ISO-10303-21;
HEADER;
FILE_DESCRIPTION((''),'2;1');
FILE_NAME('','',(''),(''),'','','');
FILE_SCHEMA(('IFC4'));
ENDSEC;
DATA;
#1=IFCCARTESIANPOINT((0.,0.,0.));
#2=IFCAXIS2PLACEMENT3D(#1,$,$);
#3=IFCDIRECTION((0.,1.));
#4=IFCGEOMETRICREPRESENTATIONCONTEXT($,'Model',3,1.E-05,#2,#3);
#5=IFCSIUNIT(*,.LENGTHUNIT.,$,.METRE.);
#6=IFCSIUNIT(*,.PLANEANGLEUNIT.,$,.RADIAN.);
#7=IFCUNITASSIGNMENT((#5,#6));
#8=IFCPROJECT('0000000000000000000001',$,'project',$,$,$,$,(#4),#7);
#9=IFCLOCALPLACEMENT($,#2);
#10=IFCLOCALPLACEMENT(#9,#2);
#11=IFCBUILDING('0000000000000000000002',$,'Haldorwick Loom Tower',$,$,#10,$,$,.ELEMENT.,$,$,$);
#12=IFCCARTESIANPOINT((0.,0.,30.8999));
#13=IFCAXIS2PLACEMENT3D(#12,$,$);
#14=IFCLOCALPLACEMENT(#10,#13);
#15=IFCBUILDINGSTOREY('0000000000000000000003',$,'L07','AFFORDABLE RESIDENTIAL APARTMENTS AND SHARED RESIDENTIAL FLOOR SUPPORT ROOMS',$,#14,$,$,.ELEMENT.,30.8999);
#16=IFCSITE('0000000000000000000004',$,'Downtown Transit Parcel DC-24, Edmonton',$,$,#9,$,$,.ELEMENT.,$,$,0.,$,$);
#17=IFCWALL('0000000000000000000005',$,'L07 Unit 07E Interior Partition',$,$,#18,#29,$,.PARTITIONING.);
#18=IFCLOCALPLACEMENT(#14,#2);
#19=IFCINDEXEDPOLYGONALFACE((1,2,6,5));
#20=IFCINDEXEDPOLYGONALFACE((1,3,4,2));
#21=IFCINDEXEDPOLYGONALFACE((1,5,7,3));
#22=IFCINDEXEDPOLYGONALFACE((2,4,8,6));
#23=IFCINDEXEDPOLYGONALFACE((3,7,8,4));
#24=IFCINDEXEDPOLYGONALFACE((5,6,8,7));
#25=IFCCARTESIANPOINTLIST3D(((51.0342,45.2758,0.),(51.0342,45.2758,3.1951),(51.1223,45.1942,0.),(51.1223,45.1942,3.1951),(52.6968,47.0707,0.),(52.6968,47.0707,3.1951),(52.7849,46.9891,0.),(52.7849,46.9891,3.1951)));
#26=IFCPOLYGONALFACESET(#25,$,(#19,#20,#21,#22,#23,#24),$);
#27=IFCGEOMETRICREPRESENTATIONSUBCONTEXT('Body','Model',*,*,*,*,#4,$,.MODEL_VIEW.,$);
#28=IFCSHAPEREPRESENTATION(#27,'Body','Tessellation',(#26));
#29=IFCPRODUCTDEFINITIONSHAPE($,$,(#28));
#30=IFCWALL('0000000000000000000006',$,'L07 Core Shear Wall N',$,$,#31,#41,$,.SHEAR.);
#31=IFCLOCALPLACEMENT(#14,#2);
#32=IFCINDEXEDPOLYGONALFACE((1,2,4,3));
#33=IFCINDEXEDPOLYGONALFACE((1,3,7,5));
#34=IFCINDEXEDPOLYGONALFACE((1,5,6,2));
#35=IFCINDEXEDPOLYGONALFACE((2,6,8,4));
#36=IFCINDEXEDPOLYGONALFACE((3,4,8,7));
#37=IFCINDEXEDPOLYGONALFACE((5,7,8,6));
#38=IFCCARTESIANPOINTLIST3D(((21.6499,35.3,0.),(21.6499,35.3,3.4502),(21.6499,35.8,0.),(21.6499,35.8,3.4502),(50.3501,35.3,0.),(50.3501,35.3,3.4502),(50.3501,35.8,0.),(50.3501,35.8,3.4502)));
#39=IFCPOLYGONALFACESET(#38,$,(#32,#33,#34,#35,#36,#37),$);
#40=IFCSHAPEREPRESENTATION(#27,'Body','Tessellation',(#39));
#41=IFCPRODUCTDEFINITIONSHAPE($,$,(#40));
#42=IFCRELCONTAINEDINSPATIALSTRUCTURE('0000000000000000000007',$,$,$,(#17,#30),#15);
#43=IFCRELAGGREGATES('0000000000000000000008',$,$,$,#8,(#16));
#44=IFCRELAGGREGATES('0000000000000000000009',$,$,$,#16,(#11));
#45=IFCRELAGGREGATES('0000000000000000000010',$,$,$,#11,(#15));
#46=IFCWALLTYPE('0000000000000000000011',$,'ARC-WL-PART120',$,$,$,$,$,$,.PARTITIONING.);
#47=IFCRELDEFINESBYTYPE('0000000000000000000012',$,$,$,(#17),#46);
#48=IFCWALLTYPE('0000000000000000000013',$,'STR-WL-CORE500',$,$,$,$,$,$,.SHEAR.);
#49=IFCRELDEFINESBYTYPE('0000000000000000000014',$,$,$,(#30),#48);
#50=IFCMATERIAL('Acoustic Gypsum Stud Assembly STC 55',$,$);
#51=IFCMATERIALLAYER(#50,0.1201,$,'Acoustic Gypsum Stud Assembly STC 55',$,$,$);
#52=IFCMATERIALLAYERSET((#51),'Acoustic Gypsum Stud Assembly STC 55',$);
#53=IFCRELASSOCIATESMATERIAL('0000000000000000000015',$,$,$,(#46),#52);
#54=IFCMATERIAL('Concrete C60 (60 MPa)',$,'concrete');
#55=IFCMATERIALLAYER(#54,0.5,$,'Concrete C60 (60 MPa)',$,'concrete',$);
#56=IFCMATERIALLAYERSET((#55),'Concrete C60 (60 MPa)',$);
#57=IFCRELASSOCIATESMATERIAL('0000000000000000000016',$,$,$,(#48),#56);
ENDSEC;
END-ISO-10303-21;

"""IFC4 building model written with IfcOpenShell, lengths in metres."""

from ifc_helpers import new_model, si_unit, direction, frame, frame_2d, origin, place, context, subcontext, project, spatial, rectangle, extrude, material, layer, layer_set, type_object, element, save


model = new_model("IFC4")

# Units and contexts
model_context = context("Model", 3, precision=1e-05, world=origin(), true_north=direction((0.0, 1.0)))
body_context = subcontext(model_context, "Body", "Model", "MODEL_VIEW")
ifc_project = project(units=[si_unit("LENGTHUNIT", "METRE"), si_unit("PLANEANGLEUNIT", "RADIAN")], contexts=[model_context])

# Site, building, storey
site_placement = place(None, origin())
site = spatial("IfcSite", under=ifc_project, at=site_placement, Name="Downtown Transit Parcel DC-24, Edmonton", CompositionType="ELEMENT", RefElevation=0.0)
building_placement = place(site_placement, origin())
building = spatial("IfcBuilding", under=site, at=building_placement, Name="Haldorwick Loom Tower", CompositionType="ELEMENT")
storey_placement = place(building_placement, frame((0.0, 0.0, 30.8999)))
storey = spatial("IfcBuildingStorey", under=building, at=storey_placement, Name="L07", Description="AFFORDABLE RESIDENTIAL APARTMENTS AND SHARED RESIDENTIAL FLOOR SUPPORT ROOMS", CompositionType="ELEMENT", Elevation=30.8999)

# Shared definitions
ifc_material_1 = material(Name="Concrete C60 (60 MPa)", Category="concrete")

# Shared definitions
ifc_material_2 = material(Name="Acoustic Gypsum Stud Assembly STC 55")
ifc_layer_1 = layer(ifc_material_2, 0.1201, Name="Acoustic Gypsum Stud Assembly STC 55")
ifc_layer_set_1 = layer_set([ifc_layer_1], Name="Acoustic Gypsum Stud Assembly STC 55")
wall_type_1 = type_object("IfcWallType", Name="ARC-WL-PART120", PredefinedType="PARTITIONING", material=ifc_layer_set_1)

# Walls
wall_1_placement = place(storey_placement, frame((51.0784, 45.2351, 0.0), z_axis=(0.0, 0.0, 1.0), x_axis=(0.679547, 0.733632, 0.0)))
element("IfcWall", 1, at=wall_1_placement, inside=storey, type_object=wall_type_1, Name="L07 Unit 07E Interior Partition", PredefinedType="PARTITIONING", context=body_context, shape_type="SweptSolid", body=[
    extrude(rectangle(XDim=2.4465, YDim=0.1201, at=frame_2d((1.2231, 0.0))), origin(), (0.0, 0.0, 1.0), 3.1951),
])
ifc_layer_2 = layer(ifc_material_1, 0.5, Name="Concrete C60 (60 MPa)", Category="concrete")
ifc_layer_set_2 = layer_set([ifc_layer_2], Name="Concrete C60 (60 MPa)")
wall_type_2 = type_object("IfcWallType", Name="STR-WL-CORE500", PredefinedType="SHEAR", material=ifc_layer_set_2)
wall_2_placement = place(storey_placement, frame((50.3501, 35.55, 0.0), z_axis=(0.0, 0.0, 1.0), x_axis=(-1.0, 0.0, 0.0)))
element("IfcWall", 2, at=wall_2_placement, inside=storey, type_object=wall_type_2, Name="L07 Core Shear Wall N", PredefinedType="SHEAR", context=body_context, shape_type="SweptSolid", body=[
    extrude(rectangle(XDim=28.7002, YDim=0.5, at=frame_2d((14.3501, 0.0))), origin(), (0.0, 0.0, 1.0), 3.4502),
])

save(model, "model.ifc")
